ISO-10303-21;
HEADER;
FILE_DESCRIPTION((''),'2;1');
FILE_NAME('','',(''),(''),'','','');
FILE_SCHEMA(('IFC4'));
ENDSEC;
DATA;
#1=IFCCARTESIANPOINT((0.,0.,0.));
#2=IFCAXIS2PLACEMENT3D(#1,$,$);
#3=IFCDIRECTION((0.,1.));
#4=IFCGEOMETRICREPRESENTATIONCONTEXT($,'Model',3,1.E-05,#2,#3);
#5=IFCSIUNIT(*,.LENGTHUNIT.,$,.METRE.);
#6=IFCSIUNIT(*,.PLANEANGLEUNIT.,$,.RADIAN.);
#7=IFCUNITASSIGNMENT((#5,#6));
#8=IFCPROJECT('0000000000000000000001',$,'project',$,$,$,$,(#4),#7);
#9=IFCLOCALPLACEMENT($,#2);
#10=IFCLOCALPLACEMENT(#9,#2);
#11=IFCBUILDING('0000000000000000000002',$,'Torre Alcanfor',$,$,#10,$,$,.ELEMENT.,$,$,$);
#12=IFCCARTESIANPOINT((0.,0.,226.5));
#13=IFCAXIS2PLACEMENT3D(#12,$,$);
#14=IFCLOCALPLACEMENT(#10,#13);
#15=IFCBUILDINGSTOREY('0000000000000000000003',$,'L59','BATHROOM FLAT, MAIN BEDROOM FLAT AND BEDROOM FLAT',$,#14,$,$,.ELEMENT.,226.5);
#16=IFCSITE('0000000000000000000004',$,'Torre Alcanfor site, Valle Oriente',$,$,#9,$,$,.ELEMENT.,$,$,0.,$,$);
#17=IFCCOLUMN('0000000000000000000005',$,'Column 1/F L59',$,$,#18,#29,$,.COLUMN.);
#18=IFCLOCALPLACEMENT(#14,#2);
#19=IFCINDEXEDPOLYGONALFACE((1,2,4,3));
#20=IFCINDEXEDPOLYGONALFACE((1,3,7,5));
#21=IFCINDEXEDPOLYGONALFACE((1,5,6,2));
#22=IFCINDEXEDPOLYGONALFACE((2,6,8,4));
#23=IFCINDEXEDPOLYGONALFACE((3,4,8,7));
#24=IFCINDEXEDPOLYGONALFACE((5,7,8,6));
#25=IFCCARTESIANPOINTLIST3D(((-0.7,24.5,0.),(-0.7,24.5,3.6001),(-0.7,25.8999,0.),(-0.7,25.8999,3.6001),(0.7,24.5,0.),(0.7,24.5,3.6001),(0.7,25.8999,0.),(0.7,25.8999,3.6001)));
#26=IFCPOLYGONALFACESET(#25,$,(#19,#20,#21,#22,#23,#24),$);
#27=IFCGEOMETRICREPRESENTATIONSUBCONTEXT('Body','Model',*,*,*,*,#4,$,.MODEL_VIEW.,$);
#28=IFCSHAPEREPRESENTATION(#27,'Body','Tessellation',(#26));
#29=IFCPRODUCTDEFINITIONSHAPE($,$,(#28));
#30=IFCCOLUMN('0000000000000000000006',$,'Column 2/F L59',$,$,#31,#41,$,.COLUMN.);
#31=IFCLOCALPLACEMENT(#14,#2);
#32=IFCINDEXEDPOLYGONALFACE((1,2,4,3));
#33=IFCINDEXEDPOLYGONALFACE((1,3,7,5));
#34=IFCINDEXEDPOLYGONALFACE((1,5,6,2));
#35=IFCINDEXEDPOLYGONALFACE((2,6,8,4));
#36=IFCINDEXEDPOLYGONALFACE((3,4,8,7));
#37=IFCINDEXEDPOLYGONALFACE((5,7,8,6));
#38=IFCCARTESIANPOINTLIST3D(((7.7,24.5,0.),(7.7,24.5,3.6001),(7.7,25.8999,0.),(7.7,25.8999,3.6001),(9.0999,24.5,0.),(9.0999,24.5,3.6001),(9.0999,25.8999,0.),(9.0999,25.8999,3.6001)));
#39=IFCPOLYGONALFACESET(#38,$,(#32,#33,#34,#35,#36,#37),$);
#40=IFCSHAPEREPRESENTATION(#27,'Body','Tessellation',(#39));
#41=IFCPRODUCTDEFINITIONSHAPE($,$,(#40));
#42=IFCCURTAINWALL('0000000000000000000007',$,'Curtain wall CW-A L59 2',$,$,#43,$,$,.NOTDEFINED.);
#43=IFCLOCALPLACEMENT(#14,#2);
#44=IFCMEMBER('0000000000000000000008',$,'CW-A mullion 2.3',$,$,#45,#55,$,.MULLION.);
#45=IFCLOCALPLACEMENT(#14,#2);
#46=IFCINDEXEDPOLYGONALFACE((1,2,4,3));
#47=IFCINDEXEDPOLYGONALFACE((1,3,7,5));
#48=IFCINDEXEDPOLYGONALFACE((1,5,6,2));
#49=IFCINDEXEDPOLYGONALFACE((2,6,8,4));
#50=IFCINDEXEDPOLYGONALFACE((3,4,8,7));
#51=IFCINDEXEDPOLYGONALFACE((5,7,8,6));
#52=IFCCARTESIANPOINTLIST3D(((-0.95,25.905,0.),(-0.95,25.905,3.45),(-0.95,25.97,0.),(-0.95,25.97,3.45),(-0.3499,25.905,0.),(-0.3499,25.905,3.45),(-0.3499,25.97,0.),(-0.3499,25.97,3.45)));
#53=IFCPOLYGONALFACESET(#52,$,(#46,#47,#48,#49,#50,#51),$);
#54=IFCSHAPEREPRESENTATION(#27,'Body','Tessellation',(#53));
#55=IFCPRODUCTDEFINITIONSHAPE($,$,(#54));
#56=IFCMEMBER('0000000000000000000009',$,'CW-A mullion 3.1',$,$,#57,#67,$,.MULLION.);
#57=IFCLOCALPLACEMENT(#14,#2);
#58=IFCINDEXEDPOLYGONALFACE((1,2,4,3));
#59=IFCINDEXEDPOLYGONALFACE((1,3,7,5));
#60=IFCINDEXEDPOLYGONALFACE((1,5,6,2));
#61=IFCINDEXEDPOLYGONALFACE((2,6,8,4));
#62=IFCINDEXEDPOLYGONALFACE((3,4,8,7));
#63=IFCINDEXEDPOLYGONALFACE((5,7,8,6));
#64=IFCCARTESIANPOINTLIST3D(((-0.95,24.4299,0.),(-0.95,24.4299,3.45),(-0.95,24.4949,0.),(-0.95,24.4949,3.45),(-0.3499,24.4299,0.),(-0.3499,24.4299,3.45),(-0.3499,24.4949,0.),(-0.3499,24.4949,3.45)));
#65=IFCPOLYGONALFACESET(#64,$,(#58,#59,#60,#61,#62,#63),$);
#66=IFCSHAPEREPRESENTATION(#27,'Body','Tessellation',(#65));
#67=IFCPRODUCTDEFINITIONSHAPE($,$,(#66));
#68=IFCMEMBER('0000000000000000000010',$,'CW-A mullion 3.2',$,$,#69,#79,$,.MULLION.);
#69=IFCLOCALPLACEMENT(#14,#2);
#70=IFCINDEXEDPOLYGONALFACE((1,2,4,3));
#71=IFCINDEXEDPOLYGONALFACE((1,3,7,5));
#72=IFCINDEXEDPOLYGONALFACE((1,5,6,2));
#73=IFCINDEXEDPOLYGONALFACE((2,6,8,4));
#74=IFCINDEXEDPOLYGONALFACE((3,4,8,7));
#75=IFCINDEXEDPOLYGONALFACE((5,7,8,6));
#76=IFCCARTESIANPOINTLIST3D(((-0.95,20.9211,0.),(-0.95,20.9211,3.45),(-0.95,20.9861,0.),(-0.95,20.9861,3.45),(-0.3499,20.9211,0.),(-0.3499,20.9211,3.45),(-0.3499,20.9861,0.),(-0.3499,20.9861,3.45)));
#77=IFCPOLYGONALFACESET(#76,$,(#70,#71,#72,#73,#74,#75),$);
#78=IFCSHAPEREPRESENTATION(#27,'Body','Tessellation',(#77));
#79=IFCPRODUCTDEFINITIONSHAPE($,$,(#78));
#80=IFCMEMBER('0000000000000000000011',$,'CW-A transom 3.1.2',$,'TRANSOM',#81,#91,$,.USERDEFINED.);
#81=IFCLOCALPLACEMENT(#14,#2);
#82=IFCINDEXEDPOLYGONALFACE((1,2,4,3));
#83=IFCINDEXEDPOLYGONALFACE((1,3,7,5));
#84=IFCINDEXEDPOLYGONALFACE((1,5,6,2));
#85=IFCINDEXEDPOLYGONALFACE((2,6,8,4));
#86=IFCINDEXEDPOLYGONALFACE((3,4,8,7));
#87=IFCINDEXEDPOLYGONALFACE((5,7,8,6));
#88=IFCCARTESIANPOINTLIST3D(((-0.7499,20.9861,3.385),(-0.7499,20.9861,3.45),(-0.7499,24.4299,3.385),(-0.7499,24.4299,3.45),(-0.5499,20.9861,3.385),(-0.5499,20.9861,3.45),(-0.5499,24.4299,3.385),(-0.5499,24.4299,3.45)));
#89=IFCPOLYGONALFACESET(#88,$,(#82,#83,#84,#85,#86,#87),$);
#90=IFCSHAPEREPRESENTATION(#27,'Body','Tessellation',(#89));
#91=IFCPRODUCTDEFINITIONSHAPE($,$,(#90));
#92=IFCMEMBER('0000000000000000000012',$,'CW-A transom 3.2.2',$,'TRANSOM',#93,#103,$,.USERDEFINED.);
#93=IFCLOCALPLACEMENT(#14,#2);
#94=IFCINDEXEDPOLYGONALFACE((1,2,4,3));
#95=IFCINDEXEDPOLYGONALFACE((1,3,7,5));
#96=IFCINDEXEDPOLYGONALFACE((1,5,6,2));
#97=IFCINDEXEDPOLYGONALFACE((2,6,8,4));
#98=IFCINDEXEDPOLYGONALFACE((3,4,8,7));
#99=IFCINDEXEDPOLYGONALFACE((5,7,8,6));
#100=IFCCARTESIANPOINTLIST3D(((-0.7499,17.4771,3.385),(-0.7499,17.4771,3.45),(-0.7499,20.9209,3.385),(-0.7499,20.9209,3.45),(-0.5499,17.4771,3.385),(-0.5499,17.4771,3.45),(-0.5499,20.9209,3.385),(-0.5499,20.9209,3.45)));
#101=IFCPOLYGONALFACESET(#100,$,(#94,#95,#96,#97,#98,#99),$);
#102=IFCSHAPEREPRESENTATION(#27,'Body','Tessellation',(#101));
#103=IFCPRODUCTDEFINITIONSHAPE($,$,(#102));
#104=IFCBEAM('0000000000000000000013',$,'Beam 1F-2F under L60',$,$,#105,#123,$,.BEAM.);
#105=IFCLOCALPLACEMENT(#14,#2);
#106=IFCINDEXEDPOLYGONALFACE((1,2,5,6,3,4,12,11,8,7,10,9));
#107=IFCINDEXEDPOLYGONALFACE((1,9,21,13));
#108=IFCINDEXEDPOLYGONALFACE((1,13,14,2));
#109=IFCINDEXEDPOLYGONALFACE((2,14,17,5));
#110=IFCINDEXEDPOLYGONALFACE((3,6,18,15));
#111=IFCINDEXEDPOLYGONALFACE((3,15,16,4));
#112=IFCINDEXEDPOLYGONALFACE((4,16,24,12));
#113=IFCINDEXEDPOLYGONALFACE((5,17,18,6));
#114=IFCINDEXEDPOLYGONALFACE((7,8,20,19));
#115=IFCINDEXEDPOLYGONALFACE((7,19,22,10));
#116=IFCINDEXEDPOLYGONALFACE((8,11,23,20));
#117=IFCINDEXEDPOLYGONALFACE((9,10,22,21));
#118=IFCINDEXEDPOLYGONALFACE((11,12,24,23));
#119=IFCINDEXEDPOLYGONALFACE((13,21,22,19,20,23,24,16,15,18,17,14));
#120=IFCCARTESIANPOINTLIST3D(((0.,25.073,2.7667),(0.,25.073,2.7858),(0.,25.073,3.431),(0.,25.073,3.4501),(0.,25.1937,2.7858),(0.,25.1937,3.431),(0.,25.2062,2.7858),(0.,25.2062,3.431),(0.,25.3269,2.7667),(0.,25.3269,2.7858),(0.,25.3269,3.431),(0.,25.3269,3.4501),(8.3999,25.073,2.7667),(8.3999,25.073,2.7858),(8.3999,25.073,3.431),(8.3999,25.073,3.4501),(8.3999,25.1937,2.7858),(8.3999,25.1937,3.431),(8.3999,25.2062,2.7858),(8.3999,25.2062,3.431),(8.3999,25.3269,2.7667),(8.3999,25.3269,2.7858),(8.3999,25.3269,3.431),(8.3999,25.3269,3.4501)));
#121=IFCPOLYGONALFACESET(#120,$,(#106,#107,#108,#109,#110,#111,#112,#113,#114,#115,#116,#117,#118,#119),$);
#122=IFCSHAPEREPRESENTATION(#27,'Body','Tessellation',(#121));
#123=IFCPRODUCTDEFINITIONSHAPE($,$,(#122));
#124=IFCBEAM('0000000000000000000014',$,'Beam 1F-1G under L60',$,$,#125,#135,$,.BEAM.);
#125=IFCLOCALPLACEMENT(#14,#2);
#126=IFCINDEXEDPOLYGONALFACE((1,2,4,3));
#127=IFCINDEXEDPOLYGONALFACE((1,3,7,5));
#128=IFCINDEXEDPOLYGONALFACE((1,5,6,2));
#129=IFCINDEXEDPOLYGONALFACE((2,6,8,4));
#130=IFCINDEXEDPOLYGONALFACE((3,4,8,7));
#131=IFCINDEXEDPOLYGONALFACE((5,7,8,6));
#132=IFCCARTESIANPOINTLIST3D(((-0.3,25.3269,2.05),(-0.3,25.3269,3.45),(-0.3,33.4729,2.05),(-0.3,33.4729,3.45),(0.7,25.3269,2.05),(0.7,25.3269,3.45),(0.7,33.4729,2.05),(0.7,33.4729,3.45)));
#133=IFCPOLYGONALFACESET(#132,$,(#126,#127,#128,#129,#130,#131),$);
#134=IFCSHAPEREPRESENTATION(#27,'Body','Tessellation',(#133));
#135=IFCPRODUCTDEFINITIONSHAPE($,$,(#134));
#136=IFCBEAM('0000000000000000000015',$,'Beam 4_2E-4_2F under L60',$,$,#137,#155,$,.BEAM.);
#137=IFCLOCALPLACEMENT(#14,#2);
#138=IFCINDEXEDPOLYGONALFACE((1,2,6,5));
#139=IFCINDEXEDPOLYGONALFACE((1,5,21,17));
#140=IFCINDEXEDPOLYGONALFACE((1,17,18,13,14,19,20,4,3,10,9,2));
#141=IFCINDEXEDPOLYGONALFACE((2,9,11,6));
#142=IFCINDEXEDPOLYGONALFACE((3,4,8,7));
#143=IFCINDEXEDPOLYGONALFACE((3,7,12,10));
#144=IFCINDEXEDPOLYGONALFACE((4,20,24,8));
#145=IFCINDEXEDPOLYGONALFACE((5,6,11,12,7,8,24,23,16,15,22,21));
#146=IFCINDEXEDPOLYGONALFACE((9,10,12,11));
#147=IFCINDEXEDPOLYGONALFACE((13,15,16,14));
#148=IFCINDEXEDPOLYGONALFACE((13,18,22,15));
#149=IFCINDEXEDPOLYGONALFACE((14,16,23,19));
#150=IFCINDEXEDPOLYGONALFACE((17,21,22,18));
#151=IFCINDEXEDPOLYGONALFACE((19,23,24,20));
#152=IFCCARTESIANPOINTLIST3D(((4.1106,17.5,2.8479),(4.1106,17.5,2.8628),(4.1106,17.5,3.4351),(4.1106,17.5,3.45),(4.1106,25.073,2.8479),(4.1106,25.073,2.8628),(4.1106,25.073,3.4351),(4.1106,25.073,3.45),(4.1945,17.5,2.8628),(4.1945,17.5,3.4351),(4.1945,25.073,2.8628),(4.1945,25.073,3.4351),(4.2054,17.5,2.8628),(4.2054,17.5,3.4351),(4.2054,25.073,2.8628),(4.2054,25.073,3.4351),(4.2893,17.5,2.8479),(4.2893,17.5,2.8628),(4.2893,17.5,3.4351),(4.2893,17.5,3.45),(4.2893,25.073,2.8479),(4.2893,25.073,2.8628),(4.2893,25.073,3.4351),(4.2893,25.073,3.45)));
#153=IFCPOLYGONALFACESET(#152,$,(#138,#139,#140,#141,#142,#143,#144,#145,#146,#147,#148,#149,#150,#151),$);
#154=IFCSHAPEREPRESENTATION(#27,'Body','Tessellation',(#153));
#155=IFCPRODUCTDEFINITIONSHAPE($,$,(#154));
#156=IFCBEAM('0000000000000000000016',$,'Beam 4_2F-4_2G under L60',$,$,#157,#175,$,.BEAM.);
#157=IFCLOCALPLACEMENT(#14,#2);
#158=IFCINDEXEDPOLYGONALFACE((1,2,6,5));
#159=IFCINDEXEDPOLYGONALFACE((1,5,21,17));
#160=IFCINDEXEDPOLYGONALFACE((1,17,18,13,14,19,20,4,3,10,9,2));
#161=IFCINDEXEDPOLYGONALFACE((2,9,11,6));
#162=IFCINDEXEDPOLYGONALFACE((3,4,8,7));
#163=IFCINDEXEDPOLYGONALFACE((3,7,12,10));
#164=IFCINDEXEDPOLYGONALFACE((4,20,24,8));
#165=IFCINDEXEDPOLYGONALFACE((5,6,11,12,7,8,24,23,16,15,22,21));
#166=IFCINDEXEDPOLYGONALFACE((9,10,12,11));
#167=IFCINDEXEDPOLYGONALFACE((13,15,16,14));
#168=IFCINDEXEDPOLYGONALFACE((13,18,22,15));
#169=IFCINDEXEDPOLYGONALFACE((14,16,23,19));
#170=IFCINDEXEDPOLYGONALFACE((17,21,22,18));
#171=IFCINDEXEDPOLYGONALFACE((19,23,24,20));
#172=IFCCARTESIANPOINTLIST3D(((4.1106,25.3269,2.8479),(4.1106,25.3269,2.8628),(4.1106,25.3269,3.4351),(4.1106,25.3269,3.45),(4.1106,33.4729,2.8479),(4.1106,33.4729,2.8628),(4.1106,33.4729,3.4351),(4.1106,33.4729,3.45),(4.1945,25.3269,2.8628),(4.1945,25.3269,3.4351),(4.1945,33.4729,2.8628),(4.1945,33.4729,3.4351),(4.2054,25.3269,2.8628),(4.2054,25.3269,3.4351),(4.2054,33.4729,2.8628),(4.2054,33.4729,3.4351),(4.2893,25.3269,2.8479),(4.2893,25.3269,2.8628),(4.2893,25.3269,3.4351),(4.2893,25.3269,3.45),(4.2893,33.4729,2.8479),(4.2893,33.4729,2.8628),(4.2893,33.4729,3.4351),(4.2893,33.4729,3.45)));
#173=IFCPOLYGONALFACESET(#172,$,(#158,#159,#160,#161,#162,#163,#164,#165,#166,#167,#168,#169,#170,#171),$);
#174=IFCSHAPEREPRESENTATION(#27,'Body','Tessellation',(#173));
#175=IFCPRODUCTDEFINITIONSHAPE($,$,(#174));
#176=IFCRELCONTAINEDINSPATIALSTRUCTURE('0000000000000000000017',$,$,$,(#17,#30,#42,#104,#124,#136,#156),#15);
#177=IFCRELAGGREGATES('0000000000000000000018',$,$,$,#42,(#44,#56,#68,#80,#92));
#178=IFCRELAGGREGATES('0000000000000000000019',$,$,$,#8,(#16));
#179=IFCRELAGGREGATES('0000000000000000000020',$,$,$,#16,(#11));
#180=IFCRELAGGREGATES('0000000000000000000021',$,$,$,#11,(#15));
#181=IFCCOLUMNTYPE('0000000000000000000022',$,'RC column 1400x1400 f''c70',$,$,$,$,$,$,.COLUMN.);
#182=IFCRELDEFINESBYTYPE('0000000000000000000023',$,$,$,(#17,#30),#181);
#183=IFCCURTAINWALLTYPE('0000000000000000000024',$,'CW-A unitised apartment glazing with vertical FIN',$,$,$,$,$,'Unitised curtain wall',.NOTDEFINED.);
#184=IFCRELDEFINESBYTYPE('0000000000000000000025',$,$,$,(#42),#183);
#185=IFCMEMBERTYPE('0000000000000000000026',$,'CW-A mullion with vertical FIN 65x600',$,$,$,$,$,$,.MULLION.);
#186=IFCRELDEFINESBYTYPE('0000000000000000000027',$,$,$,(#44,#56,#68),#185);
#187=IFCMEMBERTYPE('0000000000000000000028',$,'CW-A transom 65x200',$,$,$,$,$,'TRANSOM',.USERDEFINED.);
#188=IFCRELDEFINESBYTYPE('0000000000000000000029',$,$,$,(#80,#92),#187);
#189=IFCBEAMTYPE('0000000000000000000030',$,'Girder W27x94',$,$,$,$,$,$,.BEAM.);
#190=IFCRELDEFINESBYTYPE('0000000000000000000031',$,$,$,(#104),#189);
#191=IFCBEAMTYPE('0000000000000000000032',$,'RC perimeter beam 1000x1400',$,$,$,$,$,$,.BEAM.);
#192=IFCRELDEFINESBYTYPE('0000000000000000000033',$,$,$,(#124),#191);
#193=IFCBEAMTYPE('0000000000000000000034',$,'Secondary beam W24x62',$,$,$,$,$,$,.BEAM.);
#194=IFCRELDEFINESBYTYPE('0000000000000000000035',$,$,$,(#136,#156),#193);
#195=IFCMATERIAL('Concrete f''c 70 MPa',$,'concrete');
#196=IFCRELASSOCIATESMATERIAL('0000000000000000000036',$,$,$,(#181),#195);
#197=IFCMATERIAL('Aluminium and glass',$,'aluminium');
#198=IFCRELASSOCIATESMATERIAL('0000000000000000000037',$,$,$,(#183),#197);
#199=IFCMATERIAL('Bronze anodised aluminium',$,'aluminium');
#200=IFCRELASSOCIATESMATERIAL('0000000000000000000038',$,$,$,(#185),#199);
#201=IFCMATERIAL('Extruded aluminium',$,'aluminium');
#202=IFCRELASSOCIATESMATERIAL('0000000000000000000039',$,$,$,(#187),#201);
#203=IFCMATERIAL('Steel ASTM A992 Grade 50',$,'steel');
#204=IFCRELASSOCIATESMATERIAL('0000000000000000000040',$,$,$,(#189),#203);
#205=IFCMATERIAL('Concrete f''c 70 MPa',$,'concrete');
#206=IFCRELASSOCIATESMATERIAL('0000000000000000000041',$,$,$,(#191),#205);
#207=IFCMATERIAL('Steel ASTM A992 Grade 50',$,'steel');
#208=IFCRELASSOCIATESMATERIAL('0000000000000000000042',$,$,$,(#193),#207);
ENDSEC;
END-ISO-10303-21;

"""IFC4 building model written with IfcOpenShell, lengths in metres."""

from ifc_helpers import new_model, si_unit, direction, frame, origin, origin_2d, place, context, subcontext, project, spatial, rectangle, i_section, extrude, material, material_profile, profile_set, type_object, element, aggregate, save


model = new_model("IFC4")

# Units and contexts
model_context = context("Model", 3, precision=1e-05, world=origin(), true_north=direction((0.0, 1.0)))
body_context = subcontext(model_context, "Body", "Model", "MODEL_VIEW")
ifc_project = project(units=[si_unit("LENGTHUNIT", "METRE"), si_unit("PLANEANGLEUNIT", "RADIAN")], contexts=[model_context])

# Site, building, storey
site_placement = place(None, origin())
site = spatial("IfcSite", under=ifc_project, at=site_placement, Name="Torre Alcanfor site, Valle Oriente", CompositionType="ELEMENT", RefElevation=0.0)
building_placement = place(site_placement, origin())
building = spatial("IfcBuilding", under=site, at=building_placement, Name="Torre Alcanfor", CompositionType="ELEMENT")
storey_placement = place(building_placement, frame((0.0, 0.0, 226.5)))
storey = spatial("IfcBuildingStorey", under=building, at=storey_placement, Name="L59", Description="BATHROOM FLAT, MAIN BEDROOM FLAT AND BEDROOM FLAT", CompositionType="ELEMENT", Elevation=226.5)

# Columns
ifc_material_1 = material(Name="Concrete f'c 70 MPa", Category="concrete")
ifc_material_profile_1 = material_profile(ifc_material_1, rectangle(XDim=1.3999, YDim=1.3999, at=origin_2d()), Name="1400x1400")
ifc_profile_set_1 = profile_set([ifc_material_profile_1], Name="Concrete f'c 70 MPa")
column_type = type_object("IfcColumnType", Name="RC column 1400x1400 f'c70", PredefinedType="COLUMN", material=ifc_profile_set_1)
for number, where, z_axis, x_axis, name in (
    (1, (0.0, 25.2, 0.0), (0.0, 0.0, 1.0), (1.0, 0.0, 0.0), "Column 1/F L59"),
    (2, (8.3999, 25.2, 0.0), (0.0, 0.0, 1.0), (1.0, 0.0, 0.0), "Column 2/F L59"),
):
    element("IfcColumn", number, at=place(storey_placement, frame(where, z_axis=z_axis, x_axis=x_axis)), inside=storey, type_object=column_type, Name=name, PredefinedType="COLUMN", context=body_context, shape_type="SweptSolid", body=[
        extrude(rectangle(XDim=1.3999, YDim=1.3999, at=origin_2d()), origin(), (0.0, 0.0, 1.0), 3.6001),
    ])

# Curtain wall, members
ifc_material_2 = material(Name="Aluminium and glass", Category="aluminium")
curtain_wall_type = type_object("IfcCurtainWallType", Name="CW-A unitised apartment glazing with vertical FIN", ElementType="Unitised curtain wall", PredefinedType="NOTDEFINED", material=ifc_material_2)
curtain_wall_placement = place(storey_placement, origin())
curtain_wall = element("IfcCurtainWall", 3, at=curtain_wall_placement, inside=storey, type_object=curtain_wall_type, Name="Curtain wall CW-A L59 2", PredefinedType="NOTDEFINED")
ifc_material_3 = material(Name="Bronze anodised aluminium", Category="aluminium")
ifc_material_profile_2 = material_profile(ifc_material_3, rectangle(XDim=0.6001, YDim=0.0649, at=origin_2d()), Name="CW-A mullion 65x600")
ifc_profile_set_2 = profile_set([ifc_material_profile_2], Name="Bronze anodised aluminium")
member_type_1 = type_object("IfcMemberType", Name="CW-A mullion with vertical FIN 65x600", PredefinedType="MULLION", material=ifc_profile_set_2)
member_1_placement = place(storey_placement, frame((-0.6499, 25.9375, 0.0), z_axis=(0.0, 0.0, 1.0), x_axis=(1.0, 0.0, 0.0)))
member_1 = element("IfcMember", 4, at=member_1_placement, type_object=member_type_1, Name="CW-A mullion 2.3", PredefinedType="MULLION", context=body_context, shape_type="SweptSolid", body=[
    extrude(rectangle(XDim=0.6001, YDim=0.0649, at=origin_2d()), origin(), (0.0, 0.0, 1.0), 3.45),
])
member_2_placement = place(storey_placement, frame((-0.6499, 24.4624, 0.0), z_axis=(0.0, 0.0, 1.0), x_axis=(1.0, 0.0, 0.0)))
member_2 = element("IfcMember", 5, at=member_2_placement, type_object=member_type_1, Name="CW-A mullion 3.1", PredefinedType="MULLION", context=body_context, shape_type="SweptSolid", body=[
    extrude(rectangle(XDim=0.6001, YDim=0.0649, at=origin_2d()), origin(), (0.0, 0.0, 1.0), 3.45),
])
member_3_placement = place(storey_placement, frame((-0.6499, 20.9536, 0.0), z_axis=(0.0, 0.0, 1.0), x_axis=(1.0, 0.0, 0.0)))
member_3 = element("IfcMember", 6, at=member_3_placement, type_object=member_type_1, Name="CW-A mullion 3.2", PredefinedType="MULLION", context=body_context, shape_type="SweptSolid", body=[
    extrude(rectangle(XDim=0.6001, YDim=0.0649, at=origin_2d()), origin(), (0.0, 0.0, 1.0), 3.45),
])
ifc_material_4 = material(Name="Extruded aluminium", Category="aluminium")
ifc_material_profile_3 = material_profile(ifc_material_4, rectangle(XDim=0.2, YDim=0.0649, at=origin_2d()), Name="CW-A transom 200x65")
ifc_profile_set_3 = profile_set([ifc_material_profile_3], Name="Extruded aluminium")
member_type_2 = type_object("IfcMemberType", Name="CW-A transom 65x200", ElementType="TRANSOM", PredefinedType="USERDEFINED", material=ifc_profile_set_3)
member_4_placement = place(storey_placement, frame((-0.6499, 24.4299, 3.4175), z_axis=(0.0, -1.0, 0.0), x_axis=(1.0, 0.0, 0.0)))
member_4 = element("IfcMember", 7, at=member_4_placement, type_object=member_type_2, Name="CW-A transom 3.1.2", ObjectType="TRANSOM", PredefinedType="USERDEFINED", context=body_context, shape_type="SweptSolid", body=[
    extrude(rectangle(XDim=0.2, YDim=0.0649, at=origin_2d()), origin(), (0.0, 0.0, 1.0), 3.4438),
])
member_5_placement = place(storey_placement, frame((-0.6499, 20.9209, 3.4175), z_axis=(0.0, -1.0, 0.0), x_axis=(1.0, 0.0, 0.0)))
member_5 = element("IfcMember", 8, at=member_5_placement, type_object=member_type_2, Name="CW-A transom 3.2.2", ObjectType="TRANSOM", PredefinedType="USERDEFINED", context=body_context, shape_type="SweptSolid", body=[
    extrude(rectangle(XDim=0.2, YDim=0.0649, at=origin_2d()), origin(), (0.0, 0.0, 1.0), 3.4438),
])

# Beams
ifc_material_5 = material(Name="Steel ASTM A992 Grade 50", Category="steel")
ifc_material_profile_4 = material_profile(ifc_material_5, i_section(OverallWidth=0.2539, OverallDepth=0.6833, WebThickness=0.0125, FlangeThickness=0.019, at=origin_2d()), Name="W27x94")
ifc_profile_set_4 = profile_set([ifc_material_profile_4], Name="Steel ASTM A992 Grade 50")
beam_type_1 = type_object("IfcBeamType", Name="Girder W27x94", PredefinedType="BEAM", material=ifc_profile_set_4)
beam_1_placement = place(storey_placement, frame((0.0, 25.2, 3.1084), z_axis=(1.0, 0.0, 0.0), x_axis=(0.0, 1.0, 0.0)))
element("IfcBeam", 9, at=beam_1_placement, inside=storey, type_object=beam_type_1, Name="Beam 1F-2F under L60", PredefinedType="BEAM", context=body_context, shape_type="SweptSolid", body=[
    extrude(i_section(OverallWidth=0.2539, OverallDepth=0.6833, WebThickness=0.0125, FlangeThickness=0.019, at=origin_2d()), origin(), (0.0, 0.0, 1.0), 8.3999),
])
ifc_material_6 = material(Name="Concrete f'c 70 MPa", Category="concrete")
ifc_material_profile_5 = material_profile(ifc_material_6, rectangle(XDim=1.0, YDim=1.3999, at=origin_2d()), Name="1000x1400")
ifc_profile_set_5 = profile_set([ifc_material_profile_5], Name="Concrete f'c 70 MPa")
beam_type_2 = type_object("IfcBeamType", Name="RC perimeter beam 1000x1400", PredefinedType="BEAM", material=ifc_profile_set_5)
beam_2_placement = place(storey_placement, frame((0.2, 25.3269, 2.75), z_axis=(0.0, 1.0, 0.0), x_axis=(-1.0, 0.0, 0.0)))
element("IfcBeam", 10, at=beam_2_placement, inside=storey, type_object=beam_type_2, Name="Beam 1F-1G under L60", PredefinedType="BEAM", context=body_context, shape_type="SweptSolid", body=[
    extrude(rectangle(XDim=1.0, YDim=1.3999, at=origin_2d()), origin(), (0.0, 0.0, 1.0), 8.146),
])
ifc_material_7 = material(Name="Steel ASTM A992 Grade 50", Category="steel")
ifc_material_profile_6 = material_profile(ifc_material_7, i_section(OverallWidth=0.1787, OverallDepth=0.6021, WebThickness=0.011, FlangeThickness=0.0149, at=origin_2d()), Name="W24x62")
ifc_profile_set_6 = profile_set([ifc_material_profile_6], Name="Steel ASTM A992 Grade 50")
beam_type_3 = type_object("IfcBeamType", Name="Secondary beam W24x62", PredefinedType="BEAM", material=ifc_profile_set_6)
beam_3_placement = place(storey_placement, frame((4.2, 17.5, 3.1489), z_axis=(0.0, 1.0, 0.0), x_axis=(-1.0, 0.0, 0.0)))
element("IfcBeam", 11, at=beam_3_placement, inside=storey, type_object=beam_type_3, Name="Beam 4_2E-4_2F under L60", PredefinedType="BEAM", context=body_context, shape_type="SweptSolid", body=[
    extrude(i_section(OverallWidth=0.1787, OverallDepth=0.6021, WebThickness=0.011, FlangeThickness=0.0149, at=origin_2d()), origin(), (0.0, 0.0, 1.0), 7.573),
])
beam_4_placement = place(storey_placement, frame((4.2, 25.3269, 3.1489), z_axis=(0.0, 1.0, 0.0), x_axis=(-1.0, 0.0, 0.0)))
element("IfcBeam", 12, at=beam_4_placement, inside=storey, type_object=beam_type_3, Name="Beam 4_2F-4_2G under L60", PredefinedType="BEAM", context=body_context, shape_type="SweptSolid", body=[
    extrude(i_section(OverallWidth=0.1787, OverallDepth=0.6021, WebThickness=0.011, FlangeThickness=0.0149, at=origin_2d()), origin(), (0.0, 0.0, 1.0), 8.146),
])

aggregate(curtain_wall, [member_1, member_2, member_3, member_4, member_5])

save(model, "model.ifc")
